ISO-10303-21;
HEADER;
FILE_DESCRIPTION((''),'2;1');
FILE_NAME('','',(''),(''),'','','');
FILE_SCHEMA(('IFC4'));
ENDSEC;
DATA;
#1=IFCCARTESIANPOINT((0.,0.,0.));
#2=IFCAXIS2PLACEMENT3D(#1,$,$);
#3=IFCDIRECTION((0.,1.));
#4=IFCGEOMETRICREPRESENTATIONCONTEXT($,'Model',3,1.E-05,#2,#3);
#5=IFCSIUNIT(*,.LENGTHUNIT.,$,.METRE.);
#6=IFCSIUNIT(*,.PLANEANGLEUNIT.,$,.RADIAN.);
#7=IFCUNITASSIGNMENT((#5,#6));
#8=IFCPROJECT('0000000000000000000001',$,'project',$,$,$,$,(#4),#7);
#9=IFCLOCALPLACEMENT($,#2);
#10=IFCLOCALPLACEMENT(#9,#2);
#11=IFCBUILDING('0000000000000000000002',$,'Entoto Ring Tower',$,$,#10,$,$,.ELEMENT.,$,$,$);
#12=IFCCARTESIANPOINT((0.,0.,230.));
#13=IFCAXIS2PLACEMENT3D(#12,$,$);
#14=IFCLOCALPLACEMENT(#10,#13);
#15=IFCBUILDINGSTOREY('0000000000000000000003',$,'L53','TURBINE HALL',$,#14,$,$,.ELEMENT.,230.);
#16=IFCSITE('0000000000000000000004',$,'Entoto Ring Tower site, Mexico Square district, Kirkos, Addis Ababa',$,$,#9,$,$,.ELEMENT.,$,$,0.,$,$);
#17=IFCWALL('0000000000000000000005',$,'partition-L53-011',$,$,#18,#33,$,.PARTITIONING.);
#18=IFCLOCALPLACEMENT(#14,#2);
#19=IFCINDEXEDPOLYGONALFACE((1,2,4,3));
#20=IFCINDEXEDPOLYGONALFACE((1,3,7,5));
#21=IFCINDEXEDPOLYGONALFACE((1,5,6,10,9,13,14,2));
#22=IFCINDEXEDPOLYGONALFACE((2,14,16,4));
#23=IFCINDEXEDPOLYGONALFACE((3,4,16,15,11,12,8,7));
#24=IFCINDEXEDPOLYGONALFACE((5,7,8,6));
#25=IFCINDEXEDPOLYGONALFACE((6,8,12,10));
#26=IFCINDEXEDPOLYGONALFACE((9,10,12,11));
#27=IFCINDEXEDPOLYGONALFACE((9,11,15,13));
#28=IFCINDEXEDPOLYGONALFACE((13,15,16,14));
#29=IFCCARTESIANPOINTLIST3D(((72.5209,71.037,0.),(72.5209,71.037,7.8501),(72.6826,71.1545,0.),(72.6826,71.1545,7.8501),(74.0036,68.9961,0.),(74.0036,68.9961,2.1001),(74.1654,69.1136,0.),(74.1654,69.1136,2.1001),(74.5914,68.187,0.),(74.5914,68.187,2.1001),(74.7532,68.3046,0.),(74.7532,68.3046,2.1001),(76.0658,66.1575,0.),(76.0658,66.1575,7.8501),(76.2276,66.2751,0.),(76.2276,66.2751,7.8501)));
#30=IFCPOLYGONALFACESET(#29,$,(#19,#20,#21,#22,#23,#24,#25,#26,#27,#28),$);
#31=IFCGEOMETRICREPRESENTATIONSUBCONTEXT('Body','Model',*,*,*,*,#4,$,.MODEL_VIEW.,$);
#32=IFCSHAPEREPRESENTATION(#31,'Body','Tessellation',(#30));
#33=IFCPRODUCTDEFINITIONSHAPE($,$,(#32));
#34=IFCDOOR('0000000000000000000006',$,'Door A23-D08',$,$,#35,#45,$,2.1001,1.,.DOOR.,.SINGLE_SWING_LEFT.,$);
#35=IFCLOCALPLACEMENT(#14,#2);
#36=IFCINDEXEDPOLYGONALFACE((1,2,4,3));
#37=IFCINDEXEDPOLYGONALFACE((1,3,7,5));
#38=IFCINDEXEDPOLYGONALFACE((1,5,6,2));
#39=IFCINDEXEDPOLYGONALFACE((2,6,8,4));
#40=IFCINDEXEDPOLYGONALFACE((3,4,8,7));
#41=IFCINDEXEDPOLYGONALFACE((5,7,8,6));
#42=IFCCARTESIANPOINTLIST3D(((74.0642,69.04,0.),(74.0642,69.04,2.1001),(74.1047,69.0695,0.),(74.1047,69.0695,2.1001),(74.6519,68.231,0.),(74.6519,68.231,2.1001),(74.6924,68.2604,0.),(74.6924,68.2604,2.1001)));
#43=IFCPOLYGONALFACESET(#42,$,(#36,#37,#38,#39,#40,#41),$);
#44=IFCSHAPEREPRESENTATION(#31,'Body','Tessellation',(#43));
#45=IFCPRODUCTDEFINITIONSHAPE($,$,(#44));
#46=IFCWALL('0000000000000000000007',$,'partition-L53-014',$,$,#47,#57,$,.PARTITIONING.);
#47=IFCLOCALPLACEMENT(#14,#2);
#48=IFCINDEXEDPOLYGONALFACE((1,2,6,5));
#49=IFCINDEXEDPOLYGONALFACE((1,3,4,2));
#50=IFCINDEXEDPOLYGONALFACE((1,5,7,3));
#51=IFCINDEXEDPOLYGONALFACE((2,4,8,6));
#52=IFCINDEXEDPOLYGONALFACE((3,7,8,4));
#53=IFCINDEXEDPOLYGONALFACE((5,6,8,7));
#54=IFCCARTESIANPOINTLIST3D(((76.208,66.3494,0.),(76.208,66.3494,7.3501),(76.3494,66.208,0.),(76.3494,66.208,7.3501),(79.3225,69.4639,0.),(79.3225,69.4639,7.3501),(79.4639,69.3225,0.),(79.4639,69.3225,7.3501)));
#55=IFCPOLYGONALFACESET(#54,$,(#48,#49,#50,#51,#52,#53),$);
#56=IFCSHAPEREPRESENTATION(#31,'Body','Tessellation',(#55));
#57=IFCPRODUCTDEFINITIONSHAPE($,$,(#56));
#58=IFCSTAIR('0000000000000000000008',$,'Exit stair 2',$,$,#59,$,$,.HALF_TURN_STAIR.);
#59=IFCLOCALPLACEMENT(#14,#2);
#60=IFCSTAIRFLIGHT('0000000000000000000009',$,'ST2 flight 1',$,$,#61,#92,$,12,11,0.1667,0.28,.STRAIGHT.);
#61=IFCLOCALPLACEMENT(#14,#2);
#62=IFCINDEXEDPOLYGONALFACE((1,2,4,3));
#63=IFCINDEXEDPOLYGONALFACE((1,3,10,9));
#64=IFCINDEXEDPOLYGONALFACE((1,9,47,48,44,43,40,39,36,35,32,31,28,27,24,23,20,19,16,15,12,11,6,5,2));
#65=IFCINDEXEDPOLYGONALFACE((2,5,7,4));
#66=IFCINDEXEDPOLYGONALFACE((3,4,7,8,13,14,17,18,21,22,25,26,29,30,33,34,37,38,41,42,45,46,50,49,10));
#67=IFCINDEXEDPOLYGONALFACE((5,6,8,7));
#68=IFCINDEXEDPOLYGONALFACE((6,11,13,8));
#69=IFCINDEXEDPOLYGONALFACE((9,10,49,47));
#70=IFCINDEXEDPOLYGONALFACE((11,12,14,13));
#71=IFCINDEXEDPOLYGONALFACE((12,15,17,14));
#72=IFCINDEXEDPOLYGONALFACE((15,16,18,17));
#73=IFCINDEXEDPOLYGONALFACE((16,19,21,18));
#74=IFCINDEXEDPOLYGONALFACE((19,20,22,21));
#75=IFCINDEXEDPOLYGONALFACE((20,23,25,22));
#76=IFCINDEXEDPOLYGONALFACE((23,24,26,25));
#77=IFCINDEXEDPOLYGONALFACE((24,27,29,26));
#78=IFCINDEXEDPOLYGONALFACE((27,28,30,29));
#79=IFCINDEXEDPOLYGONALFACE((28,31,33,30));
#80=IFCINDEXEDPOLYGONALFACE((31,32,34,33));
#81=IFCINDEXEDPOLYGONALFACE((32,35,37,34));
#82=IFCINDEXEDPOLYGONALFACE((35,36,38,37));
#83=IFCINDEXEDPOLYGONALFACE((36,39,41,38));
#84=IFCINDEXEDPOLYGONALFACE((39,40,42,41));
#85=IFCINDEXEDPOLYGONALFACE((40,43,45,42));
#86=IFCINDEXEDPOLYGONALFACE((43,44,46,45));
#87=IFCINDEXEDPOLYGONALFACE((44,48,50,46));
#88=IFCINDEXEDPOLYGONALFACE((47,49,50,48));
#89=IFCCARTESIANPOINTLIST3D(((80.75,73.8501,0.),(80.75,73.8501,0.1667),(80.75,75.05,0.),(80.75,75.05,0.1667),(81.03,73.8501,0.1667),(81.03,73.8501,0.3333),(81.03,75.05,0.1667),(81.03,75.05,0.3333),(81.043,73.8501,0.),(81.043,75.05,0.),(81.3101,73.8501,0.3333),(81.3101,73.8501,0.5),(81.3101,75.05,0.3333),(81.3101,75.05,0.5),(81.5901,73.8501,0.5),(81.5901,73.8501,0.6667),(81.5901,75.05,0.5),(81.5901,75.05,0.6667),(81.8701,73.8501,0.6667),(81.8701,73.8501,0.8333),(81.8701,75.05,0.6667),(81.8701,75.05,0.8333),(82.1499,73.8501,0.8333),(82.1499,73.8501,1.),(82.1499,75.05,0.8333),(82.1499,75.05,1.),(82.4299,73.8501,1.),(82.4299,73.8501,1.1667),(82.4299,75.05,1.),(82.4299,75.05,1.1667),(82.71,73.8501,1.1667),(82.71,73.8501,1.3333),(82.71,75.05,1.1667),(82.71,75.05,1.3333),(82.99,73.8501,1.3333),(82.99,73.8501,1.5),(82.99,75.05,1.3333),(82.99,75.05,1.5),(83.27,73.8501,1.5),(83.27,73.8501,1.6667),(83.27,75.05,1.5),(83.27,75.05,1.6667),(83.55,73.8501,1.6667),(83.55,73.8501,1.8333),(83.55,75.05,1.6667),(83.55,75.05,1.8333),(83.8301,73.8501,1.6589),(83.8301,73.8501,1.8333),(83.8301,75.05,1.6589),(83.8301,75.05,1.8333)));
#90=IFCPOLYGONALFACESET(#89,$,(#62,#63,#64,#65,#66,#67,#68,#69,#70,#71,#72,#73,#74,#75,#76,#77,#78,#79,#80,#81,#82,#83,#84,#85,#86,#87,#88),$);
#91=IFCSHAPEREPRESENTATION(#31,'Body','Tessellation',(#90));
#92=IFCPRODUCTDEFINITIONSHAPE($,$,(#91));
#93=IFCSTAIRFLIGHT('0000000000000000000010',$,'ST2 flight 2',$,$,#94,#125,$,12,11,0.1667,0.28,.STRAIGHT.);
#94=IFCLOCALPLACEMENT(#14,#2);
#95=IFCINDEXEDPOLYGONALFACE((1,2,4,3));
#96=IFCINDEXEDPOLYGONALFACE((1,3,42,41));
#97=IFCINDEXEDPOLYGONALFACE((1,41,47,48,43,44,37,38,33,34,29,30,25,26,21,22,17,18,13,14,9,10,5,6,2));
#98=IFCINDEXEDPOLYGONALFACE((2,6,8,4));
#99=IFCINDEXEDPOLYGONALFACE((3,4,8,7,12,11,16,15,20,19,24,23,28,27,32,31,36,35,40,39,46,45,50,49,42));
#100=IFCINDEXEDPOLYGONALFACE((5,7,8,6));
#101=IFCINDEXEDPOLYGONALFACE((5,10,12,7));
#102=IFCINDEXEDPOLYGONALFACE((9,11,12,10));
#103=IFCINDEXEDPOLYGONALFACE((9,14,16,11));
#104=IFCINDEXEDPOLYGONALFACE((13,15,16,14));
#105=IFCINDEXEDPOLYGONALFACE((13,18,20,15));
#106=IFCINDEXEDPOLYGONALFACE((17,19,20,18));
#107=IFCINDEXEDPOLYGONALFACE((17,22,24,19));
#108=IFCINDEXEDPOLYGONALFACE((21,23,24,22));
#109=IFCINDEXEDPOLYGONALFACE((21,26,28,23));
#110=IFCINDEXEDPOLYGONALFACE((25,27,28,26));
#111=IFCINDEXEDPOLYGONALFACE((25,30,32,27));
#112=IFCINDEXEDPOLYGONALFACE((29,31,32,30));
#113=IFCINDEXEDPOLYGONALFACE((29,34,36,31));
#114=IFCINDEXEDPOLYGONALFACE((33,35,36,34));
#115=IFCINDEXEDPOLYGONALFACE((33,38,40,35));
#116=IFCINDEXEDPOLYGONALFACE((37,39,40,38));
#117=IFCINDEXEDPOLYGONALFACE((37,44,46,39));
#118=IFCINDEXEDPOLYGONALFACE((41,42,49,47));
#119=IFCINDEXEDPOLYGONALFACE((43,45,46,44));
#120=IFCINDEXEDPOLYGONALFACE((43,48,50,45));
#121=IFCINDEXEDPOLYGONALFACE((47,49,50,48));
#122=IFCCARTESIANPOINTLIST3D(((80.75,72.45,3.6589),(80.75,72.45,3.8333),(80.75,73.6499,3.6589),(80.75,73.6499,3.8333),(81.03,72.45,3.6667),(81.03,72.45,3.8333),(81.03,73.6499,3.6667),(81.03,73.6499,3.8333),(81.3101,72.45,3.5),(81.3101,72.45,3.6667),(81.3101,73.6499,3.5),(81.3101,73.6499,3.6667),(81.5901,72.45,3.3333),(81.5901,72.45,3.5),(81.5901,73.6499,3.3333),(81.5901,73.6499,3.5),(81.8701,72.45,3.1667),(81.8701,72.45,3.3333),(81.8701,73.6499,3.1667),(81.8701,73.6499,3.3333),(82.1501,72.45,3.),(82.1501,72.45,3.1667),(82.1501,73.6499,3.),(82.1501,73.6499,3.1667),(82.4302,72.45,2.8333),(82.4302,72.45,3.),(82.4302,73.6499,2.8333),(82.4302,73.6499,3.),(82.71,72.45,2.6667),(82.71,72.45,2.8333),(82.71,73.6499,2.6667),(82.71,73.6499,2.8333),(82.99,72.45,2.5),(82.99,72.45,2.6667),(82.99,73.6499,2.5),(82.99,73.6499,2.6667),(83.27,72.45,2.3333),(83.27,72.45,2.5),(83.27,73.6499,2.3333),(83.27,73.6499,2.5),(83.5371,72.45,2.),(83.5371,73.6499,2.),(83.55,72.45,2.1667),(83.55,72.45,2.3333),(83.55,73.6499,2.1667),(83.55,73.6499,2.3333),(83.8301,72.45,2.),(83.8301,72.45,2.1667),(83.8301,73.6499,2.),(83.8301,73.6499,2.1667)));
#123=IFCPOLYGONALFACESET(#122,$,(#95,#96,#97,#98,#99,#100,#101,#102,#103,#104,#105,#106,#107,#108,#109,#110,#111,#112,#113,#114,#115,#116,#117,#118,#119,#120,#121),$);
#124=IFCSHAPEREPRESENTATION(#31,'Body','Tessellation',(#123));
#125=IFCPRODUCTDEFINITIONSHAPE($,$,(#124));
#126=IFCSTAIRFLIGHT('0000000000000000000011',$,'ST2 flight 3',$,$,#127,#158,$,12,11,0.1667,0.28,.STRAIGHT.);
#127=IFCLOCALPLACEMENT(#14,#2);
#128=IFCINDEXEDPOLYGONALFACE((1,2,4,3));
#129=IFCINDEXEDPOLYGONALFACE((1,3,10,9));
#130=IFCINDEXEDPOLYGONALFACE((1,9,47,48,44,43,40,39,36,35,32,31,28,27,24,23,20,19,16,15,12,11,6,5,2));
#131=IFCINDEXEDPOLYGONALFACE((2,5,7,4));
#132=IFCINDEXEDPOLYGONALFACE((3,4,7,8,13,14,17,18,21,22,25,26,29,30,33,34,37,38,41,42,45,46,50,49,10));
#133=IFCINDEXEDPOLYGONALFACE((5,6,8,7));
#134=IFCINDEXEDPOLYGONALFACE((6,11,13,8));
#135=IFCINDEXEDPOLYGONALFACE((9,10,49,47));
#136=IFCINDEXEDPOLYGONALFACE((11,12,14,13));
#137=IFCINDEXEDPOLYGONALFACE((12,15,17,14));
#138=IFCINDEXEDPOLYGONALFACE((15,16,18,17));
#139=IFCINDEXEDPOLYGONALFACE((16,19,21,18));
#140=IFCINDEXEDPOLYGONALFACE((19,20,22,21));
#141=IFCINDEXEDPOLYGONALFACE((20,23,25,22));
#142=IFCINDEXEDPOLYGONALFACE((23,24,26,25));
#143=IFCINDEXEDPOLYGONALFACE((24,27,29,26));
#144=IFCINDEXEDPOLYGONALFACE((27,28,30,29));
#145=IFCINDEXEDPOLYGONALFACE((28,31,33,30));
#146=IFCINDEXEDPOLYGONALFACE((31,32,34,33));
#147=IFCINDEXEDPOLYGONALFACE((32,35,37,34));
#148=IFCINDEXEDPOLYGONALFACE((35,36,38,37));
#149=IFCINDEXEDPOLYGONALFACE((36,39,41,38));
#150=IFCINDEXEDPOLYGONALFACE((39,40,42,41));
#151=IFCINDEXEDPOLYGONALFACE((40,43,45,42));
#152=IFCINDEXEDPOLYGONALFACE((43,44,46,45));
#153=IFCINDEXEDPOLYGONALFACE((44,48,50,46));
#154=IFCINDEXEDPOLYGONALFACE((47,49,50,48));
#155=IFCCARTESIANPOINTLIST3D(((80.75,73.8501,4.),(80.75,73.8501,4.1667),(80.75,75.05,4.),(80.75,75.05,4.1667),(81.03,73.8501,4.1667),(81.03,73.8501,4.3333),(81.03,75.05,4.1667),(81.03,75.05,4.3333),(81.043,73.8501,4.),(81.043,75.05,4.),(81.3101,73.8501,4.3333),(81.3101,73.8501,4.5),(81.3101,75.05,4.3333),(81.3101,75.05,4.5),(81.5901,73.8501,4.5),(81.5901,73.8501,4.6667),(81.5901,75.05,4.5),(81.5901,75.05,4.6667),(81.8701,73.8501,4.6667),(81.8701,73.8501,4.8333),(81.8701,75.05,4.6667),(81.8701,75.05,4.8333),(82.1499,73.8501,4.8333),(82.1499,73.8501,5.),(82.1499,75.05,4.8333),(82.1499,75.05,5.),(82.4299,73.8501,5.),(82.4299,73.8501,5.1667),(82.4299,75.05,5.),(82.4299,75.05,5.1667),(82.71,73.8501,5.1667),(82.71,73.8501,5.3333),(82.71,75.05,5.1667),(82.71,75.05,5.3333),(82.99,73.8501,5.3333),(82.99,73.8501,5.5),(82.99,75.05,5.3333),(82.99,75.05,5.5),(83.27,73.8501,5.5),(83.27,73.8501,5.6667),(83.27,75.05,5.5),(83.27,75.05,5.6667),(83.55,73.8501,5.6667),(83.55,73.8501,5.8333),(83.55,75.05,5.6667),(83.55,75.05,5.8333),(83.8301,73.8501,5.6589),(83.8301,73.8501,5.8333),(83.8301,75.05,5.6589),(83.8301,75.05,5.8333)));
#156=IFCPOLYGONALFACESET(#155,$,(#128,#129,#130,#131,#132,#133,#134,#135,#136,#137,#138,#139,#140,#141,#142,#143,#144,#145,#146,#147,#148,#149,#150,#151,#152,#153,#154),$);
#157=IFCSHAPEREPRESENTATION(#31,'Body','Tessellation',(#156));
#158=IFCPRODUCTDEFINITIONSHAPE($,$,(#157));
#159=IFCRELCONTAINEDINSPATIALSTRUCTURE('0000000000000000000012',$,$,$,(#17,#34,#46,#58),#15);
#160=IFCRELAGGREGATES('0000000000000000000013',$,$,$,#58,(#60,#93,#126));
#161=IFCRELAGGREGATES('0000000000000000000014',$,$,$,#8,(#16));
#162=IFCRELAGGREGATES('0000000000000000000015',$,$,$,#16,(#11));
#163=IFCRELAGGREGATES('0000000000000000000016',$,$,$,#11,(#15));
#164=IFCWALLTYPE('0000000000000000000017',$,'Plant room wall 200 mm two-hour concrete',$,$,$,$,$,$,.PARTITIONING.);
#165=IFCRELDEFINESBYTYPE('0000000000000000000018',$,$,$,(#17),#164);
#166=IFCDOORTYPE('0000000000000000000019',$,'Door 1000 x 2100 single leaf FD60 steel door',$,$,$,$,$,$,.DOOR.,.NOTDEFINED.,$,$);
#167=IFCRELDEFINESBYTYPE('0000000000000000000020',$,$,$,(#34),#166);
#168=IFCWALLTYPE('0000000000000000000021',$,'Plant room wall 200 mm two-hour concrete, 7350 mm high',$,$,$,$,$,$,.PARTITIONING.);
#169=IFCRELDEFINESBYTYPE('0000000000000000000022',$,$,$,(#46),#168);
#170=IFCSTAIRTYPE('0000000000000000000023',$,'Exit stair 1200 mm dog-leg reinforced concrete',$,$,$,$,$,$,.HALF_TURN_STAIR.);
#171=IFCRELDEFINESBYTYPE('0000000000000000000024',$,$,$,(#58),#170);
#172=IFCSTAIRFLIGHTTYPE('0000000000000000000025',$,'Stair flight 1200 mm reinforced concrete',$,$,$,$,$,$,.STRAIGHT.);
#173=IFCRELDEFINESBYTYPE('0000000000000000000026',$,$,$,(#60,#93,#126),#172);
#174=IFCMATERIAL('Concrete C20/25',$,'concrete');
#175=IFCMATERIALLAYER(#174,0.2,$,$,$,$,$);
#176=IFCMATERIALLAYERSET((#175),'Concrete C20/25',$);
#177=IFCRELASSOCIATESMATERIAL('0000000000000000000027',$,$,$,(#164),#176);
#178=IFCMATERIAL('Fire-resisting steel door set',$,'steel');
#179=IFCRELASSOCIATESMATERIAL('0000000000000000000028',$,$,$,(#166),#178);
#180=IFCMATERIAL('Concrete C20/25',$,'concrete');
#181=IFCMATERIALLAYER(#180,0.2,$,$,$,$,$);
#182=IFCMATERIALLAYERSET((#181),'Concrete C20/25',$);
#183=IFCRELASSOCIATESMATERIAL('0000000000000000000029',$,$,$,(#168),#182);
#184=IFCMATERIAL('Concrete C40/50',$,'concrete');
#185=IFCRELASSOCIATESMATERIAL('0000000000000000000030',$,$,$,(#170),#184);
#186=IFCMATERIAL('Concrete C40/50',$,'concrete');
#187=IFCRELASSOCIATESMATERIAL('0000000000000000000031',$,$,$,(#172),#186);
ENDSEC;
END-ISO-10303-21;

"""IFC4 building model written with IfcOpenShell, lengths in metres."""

from ifc_helpers import new_model, si_unit, direction, frame, frame_2d, origin, place, context, subcontext, project, spatial, polyline, rectangle, outline, extrude, material, layer, layer_set, type_object, element, fill, aggregate, save


model = new_model("IFC4")

# Units and contexts
model_context = context("Model", 3, precision=1e-05, world=origin(), true_north=direction((0.0, 1.0)))
body_context = subcontext(model_context, "Body", "Model", "MODEL_VIEW")
ifc_project = project(units=[si_unit("LENGTHUNIT", "METRE"), si_unit("PLANEANGLEUNIT", "RADIAN")], contexts=[model_context])

# Site, building, storey
site_placement = place(None, origin())
site = spatial("IfcSite", under=ifc_project, at=site_placement, Name="Entoto Ring Tower site, Mexico Square district, Kirkos, Addis Ababa", CompositionType="ELEMENT", RefElevation=0.0)
building_placement = place(site_placement, origin())
building = spatial("IfcBuilding", under=site, at=building_placement, Name="Entoto Ring Tower", CompositionType="ELEMENT")
storey_placement = place(building_placement, frame((0.0, 0.0, 230.0)))
storey = spatial("IfcBuildingStorey", under=building, at=storey_placement, Name="L53", Description="TURBINE HALL", CompositionType="ELEMENT", Elevation=230.0)

# Wall, opening, door
ifc_material_1 = material(Name="Concrete C20/25", Category="concrete")
ifc_layer_1 = layer(ifc_material_1, 0.2)
ifc_layer_set_1 = layer_set([ifc_layer_1], Name="Concrete C20/25")
wall_type_1 = type_object("IfcWallType", Name="Plant room wall 200 mm two-hour concrete", PredefinedType="PARTITIONING", material=ifc_layer_set_1)
wall_1_placement = place(storey_placement, frame((76.1467, 66.2163, 0.0), z_axis=(0.0, 0.0, 1.0), x_axis=(-0.587767, 0.80903, 0.0)))
wall_1 = element("IfcWall", 1, at=wall_1_placement, inside=storey, type_object=wall_type_1, Name="partition-L53-011", PredefinedType="PARTITIONING", context=body_context, shape_type="SweptSolid", body=[
    extrude(rectangle(XDim=6.0312, YDim=0.2, at=frame_2d((3.0156, 0.0))), origin(), (0.0, 0.0, 1.0), 7.8501),
])
opening_1_placement = place(wall_1_placement, frame((2.5085, 0.0, 0.0)))
opening_1 = element("IfcOpeningElement", 2, at=opening_1_placement, cuts=wall_1, PredefinedType="OPENING", context=body_context, shape_type="SweptSolid", body=[
    extrude(rectangle(XDim=1.0, YDim=2.1001, at=frame_2d((0.5, 1.05))), frame((0.0, 0.1099, 0.0), z_axis=(0.0, -1.0, 0.0), x_axis=(1.0, 0.0, 0.0)), (0.0, 0.0, 1.0), 0.22),
])
ifc_material_2 = material(Name="Fire-resisting steel door set", Category="steel")
door_type_1 = type_object("IfcDoorType", Name="Door 1000 x 2100 single leaf FD60 steel door", OperationType="NOTDEFINED", PredefinedType="DOOR", material=ifc_material_2)
door_1_placement = place(opening_1_placement, frame((1.0, 0.0, 0.0), z_axis=(0.0, 0.0, 1.0), x_axis=(-1.0, 0.0, 0.0)))
door_1 = element("IfcDoor", 3, at=door_1_placement, inside=storey, type_object=door_type_1, Name="Door A23-D08", OperationType="SINGLE_SWING_LEFT", OverallHeight=2.1001, OverallWidth=1.0, PredefinedType="DOOR", context=body_context, shape_type="SweptSolid", body=[
    extrude(rectangle(XDim=1.0, YDim=2.1001, at=frame_2d((0.5, 1.05))), frame((0.0, 0.0249, 0.0), z_axis=(0.0, -1.0, 0.0), x_axis=(1.0, 0.0, 0.0)), (0.0, 0.0, 1.0), 0.05),
])
fill(opening_1, door_1)

# Wall
ifc_material_3 = material(Name="Concrete C20/25", Category="concrete")
ifc_layer_2 = layer(ifc_material_3, 0.2)
ifc_layer_set_2 = layer_set([ifc_layer_2], Name="Concrete C20/25")
wall_type_2 = type_object("IfcWallType", Name="Plant room wall 200 mm two-hour concrete, 7350 mm high", PredefinedType="PARTITIONING", material=ifc_layer_set_2)
wall_2_placement = place(storey_placement, frame((76.2788, 66.2788, 0.0), z_axis=(0.0, 0.0, 1.0), x_axis=(0.707107, 0.707107, 0.0)))
element("IfcWall", 4, at=wall_2_placement, inside=storey, type_object=wall_type_2, Name="partition-L53-014", PredefinedType="PARTITIONING", context=body_context, shape_type="SweptSolid", body=[
    extrude(rectangle(XDim=4.4045, YDim=0.2, at=frame_2d((2.2021, 0.0))), origin(), (0.0, 0.0, 1.0), 7.3501),
])

# Stair, stair flights
ifc_material_4 = material(Name="Concrete C40/50", Category="concrete")
stair_type = type_object("IfcStairType", Name="Exit stair 1200 mm dog-leg reinforced concrete", PredefinedType="HALF_TURN_STAIR", material=ifc_material_4)
stair_placement = place(storey_placement, origin())
stair = element("IfcStair", 5, at=stair_placement, inside=storey, type_object=stair_type, Name="Exit stair 2", PredefinedType="HALF_TURN_STAIR")
ifc_material_5 = material(Name="Concrete C40/50", Category="concrete")
stair_flight_type = type_object("IfcStairFlightType", Name="Stair flight 1200 mm reinforced concrete", PredefinedType="STRAIGHT", material=ifc_material_5)
stair_flight_1_placement = place(storey_placement, frame((80.75, 74.45, 0.0), z_axis=(0.0, 0.0, 1.0), x_axis=(1.0, 0.0, 0.0)))
stair_flight_1 = element("IfcStairFlight", 6, at=stair_flight_1_placement, type_object=stair_flight_type, Name="ST2 flight 1", NumberOfRisers=12, NumberOfTreads=11, PredefinedType="STRAIGHT", RiserHeight=0.1667, TreadLength=0.28, context=body_context, shape_type="SweptSolid", body=[
    extrude(outline(polyline([(0.0, 0.0), (0.0, 0.1667), (0.28, 0.1667), (0.28, 0.3333), (0.5601, 0.3333), (0.5601, 0.5), (0.8401, 0.5), (0.8401, 0.6667), (1.1201, 0.6667), (1.1201, 0.8333), (1.3999, 0.8333), (1.3999, 1.0), (1.6799, 1.0), (1.6799, 1.1667), (1.96, 1.1667), (1.96, 1.3333), (2.24, 1.3333), (2.24, 1.5), (2.52, 1.5), (2.52, 1.6667), (2.8, 1.6667), (2.8, 1.8333), (3.0801, 1.8333), (3.0801, 2.0), (3.0801, 1.6589), (0.293, 0.0), (0.0, 0.0)])), frame((0.0, 0.6001, 0.0), z_axis=(0.0, -1.0, 0.0), x_axis=(1.0, 0.0, 0.0)), (0.0, 0.0, 1.0), 1.2),
])
stair_flight_2_placement = place(storey_placement, frame((83.8301, 73.05, 2.0), z_axis=(0.0, 0.0, 1.0), x_axis=(-1.0, 0.0, 0.0)))
stair_flight_2 = element("IfcStairFlight", 7, at=stair_flight_2_placement, type_object=stair_flight_type, Name="ST2 flight 2", NumberOfRisers=12, NumberOfTreads=11, PredefinedType="STRAIGHT", RiserHeight=0.1667, TreadLength=0.28, context=body_context, shape_type="SweptSolid", body=[
    extrude(outline(polyline([(0.0, 0.0), (0.0, 0.1667), (0.28, 0.1667), (0.28, 0.3333), (0.5601, 0.3333), (0.5601, 0.5), (0.8401, 0.5), (0.8401, 0.6667), (1.1201, 0.6667), (1.1201, 0.8333), (1.3999, 0.8333), (1.3999, 1.0), (1.6799, 1.0), (1.6799, 1.1667), (1.96, 1.1667), (1.96, 1.3333), (2.24, 1.3333), (2.24, 1.5), (2.52, 1.5), (2.52, 1.6667), (2.8, 1.6667), (2.8, 1.8333), (3.0801, 1.8333), (3.0801, 2.0), (3.0801, 1.6589), (0.293, 0.0), (0.0, 0.0)])), frame((0.0, 0.6001, 0.0), z_axis=(0.0, -1.0, 0.0), x_axis=(1.0, 0.0, 0.0)), (0.0, 0.0, 1.0), 1.2),
])
stair_flight_3_placement = place(storey_placement, frame((80.75, 74.45, 4.0), z_axis=(0.0, 0.0, 1.0), x_axis=(1.0, 0.0, 0.0)))
stair_flight_3 = element("IfcStairFlight", 8, at=stair_flight_3_placement, type_object=stair_flight_type, Name="ST2 flight 3", NumberOfRisers=12, NumberOfTreads=11, PredefinedType="STRAIGHT", RiserHeight=0.1667, TreadLength=0.28, context=body_context, shape_type="SweptSolid", body=[
    extrude(outline(polyline([(0.0, 0.0), (0.0, 0.1667), (0.28, 0.1667), (0.28, 0.3333), (0.5601, 0.3333), (0.5601, 0.5), (0.8401, 0.5), (0.8401, 0.6667), (1.1201, 0.6667), (1.1201, 0.8333), (1.3999, 0.8333), (1.3999, 1.0), (1.6799, 1.0), (1.6799, 1.1667), (1.96, 1.1667), (1.96, 1.3333), (2.24, 1.3333), (2.24, 1.5), (2.52, 1.5), (2.52, 1.6667), (2.8, 1.6667), (2.8, 1.8333), (3.0801, 1.8333), (3.0801, 2.0), (3.0801, 1.6589), (0.293, 0.0), (0.0, 0.0)])), frame((0.0, 0.6001, 0.0), z_axis=(0.0, -1.0, 0.0), x_axis=(1.0, 0.0, 0.0)), (0.0, 0.0, 1.0), 1.2),
])
aggregate(stair, [stair_flight_1, stair_flight_2, stair_flight_3])

save(model, "model.ifc")
